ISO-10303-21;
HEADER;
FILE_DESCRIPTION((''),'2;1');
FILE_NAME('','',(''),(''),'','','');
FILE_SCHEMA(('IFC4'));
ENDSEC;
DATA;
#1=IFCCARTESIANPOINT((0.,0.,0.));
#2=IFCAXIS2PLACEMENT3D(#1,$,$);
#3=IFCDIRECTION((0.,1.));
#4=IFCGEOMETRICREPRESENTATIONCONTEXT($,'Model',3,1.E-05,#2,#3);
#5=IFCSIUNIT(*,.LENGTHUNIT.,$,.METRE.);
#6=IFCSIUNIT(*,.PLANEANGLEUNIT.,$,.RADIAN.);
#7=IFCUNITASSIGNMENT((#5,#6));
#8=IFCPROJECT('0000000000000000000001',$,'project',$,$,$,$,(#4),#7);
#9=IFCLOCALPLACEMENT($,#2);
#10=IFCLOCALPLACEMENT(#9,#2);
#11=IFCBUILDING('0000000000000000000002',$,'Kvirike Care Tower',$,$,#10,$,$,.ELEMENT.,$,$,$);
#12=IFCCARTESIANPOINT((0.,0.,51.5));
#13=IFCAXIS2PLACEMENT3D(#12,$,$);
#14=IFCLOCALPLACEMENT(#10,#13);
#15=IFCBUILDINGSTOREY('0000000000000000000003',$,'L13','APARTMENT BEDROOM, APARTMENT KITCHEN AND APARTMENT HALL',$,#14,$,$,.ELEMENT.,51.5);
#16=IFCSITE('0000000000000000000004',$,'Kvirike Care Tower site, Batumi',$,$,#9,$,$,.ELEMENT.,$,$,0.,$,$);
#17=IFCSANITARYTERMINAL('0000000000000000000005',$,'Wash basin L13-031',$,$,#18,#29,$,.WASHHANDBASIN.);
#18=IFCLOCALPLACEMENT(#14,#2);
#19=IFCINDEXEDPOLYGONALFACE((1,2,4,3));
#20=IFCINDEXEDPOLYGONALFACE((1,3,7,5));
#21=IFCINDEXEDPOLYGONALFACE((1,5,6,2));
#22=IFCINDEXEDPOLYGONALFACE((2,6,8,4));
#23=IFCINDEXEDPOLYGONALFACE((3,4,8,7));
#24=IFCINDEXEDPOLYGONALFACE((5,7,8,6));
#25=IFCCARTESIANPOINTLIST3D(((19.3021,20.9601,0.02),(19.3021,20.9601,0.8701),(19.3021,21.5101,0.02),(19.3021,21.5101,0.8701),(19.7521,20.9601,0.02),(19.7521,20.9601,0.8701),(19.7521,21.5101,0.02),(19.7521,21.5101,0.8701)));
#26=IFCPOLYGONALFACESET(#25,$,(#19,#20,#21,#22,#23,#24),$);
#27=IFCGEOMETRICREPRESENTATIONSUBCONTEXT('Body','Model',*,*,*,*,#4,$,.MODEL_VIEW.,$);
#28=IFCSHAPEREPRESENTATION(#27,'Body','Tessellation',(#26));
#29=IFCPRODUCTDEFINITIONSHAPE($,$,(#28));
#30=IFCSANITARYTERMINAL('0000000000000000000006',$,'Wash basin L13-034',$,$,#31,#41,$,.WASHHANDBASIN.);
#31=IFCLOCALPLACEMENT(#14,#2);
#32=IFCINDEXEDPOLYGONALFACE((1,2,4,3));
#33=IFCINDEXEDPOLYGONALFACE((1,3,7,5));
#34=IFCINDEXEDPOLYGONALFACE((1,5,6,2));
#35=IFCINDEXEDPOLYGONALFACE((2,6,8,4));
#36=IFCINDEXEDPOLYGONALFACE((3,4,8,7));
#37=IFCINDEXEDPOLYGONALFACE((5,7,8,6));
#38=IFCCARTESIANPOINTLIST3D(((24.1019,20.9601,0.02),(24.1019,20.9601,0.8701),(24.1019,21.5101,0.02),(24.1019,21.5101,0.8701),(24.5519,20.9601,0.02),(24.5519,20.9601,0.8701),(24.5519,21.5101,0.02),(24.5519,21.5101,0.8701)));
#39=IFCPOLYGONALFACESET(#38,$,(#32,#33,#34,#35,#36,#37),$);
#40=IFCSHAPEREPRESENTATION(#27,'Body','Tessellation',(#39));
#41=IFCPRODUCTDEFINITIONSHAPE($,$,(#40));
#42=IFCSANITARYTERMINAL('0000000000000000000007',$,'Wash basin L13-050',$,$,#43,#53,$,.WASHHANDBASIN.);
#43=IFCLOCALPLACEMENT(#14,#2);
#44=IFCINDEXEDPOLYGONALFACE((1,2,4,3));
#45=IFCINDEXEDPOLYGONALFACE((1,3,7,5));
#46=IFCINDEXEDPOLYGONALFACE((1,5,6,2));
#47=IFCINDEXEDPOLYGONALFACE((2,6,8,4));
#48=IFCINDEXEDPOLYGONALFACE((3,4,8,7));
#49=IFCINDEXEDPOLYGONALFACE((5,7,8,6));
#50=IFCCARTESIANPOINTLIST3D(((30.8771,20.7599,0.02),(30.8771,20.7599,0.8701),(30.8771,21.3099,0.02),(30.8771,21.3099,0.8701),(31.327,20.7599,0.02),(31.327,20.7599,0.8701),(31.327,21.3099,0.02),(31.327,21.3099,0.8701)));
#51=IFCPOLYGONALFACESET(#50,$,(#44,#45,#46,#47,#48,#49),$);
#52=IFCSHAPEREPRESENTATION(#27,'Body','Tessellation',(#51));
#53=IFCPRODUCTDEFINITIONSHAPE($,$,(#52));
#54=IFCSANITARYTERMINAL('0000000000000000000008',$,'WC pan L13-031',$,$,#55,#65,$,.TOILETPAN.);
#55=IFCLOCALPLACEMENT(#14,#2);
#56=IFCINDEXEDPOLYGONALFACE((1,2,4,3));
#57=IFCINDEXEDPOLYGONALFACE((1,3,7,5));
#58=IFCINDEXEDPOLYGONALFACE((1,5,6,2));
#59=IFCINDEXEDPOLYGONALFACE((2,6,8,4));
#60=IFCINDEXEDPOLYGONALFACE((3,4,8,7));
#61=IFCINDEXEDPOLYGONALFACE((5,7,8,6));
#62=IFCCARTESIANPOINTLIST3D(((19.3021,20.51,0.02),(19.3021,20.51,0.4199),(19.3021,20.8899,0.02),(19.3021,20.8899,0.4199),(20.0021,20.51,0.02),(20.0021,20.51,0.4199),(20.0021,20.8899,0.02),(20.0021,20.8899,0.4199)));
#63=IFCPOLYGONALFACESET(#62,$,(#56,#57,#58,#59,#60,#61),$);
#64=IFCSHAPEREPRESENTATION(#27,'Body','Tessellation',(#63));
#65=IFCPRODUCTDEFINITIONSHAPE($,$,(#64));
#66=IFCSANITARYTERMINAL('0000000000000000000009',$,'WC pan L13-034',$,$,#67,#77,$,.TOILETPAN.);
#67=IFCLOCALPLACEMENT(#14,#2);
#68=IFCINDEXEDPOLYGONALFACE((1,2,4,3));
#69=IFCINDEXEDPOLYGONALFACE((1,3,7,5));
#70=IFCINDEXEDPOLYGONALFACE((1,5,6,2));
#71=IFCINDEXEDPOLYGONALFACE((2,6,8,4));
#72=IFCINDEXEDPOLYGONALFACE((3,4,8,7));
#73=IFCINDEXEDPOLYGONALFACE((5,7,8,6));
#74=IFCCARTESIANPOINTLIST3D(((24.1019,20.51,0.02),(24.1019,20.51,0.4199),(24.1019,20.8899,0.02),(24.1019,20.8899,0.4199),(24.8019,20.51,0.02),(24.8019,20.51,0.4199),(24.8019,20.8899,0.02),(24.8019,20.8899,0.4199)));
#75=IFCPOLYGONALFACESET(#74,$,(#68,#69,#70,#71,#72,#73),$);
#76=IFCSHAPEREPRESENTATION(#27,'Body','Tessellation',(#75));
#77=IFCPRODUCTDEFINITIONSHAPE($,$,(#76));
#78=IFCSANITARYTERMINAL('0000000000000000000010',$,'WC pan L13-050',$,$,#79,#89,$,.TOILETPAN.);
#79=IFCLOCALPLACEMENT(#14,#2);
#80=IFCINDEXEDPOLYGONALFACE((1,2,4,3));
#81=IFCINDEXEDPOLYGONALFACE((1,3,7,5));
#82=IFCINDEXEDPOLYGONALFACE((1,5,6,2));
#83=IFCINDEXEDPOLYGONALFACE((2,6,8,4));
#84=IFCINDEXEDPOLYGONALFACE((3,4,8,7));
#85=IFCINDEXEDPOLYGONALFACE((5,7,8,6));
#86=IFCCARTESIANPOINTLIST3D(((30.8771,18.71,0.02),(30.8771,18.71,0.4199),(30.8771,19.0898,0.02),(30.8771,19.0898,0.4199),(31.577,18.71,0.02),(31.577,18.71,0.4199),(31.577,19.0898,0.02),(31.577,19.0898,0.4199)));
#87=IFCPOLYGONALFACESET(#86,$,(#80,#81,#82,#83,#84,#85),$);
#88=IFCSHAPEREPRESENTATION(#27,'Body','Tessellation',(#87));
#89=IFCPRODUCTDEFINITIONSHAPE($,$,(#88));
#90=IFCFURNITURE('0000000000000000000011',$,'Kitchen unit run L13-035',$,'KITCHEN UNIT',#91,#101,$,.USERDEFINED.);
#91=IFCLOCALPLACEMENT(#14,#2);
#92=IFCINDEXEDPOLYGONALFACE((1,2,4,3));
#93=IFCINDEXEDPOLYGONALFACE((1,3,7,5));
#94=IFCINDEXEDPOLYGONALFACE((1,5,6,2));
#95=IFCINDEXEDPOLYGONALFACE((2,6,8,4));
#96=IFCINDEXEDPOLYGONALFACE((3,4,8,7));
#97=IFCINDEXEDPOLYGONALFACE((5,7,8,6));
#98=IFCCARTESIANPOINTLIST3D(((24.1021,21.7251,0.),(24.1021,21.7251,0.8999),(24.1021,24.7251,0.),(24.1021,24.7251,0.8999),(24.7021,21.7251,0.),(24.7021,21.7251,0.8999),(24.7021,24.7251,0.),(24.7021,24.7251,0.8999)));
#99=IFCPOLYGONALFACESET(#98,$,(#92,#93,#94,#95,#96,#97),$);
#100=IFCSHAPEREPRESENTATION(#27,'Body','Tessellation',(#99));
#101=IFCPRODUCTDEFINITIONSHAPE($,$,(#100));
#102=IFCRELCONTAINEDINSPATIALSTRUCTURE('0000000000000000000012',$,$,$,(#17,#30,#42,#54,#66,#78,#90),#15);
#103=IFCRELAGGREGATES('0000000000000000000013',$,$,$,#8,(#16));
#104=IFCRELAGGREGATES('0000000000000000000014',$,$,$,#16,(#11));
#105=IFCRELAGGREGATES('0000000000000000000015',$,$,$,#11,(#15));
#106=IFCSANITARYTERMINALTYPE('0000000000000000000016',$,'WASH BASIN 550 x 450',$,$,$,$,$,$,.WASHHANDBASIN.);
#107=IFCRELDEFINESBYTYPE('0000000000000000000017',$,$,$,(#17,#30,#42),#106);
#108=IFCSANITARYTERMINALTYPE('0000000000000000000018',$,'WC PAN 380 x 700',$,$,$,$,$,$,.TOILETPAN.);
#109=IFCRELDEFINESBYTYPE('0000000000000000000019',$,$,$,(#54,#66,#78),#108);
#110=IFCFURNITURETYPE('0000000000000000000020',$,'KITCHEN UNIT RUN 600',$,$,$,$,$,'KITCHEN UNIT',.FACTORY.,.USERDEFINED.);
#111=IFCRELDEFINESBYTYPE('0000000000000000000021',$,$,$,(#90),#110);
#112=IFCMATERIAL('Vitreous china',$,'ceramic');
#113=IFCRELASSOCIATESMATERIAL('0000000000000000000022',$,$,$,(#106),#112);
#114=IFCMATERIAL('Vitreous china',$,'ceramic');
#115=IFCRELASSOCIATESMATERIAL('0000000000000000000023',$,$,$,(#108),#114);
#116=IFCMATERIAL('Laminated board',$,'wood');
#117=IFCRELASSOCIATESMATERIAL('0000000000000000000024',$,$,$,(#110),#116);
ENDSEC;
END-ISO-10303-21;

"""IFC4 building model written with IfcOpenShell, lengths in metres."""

from ifc_helpers import new_model, si_unit, direction, frame, origin, origin_2d, place, context, subcontext, project, spatial, rectangle, extrude, material, type_object, element, save


model = new_model("IFC4")

# Units and contexts
model_context = context("Model", 3, precision=1e-05, world=origin(), true_north=direction((0.0, 1.0)))
body_context = subcontext(model_context, "Body", "Model", "MODEL_VIEW")
ifc_project = project(units=[si_unit("LENGTHUNIT", "METRE"), si_unit("PLANEANGLEUNIT", "RADIAN")], contexts=[model_context])

# Site, building, storey
site_placement = place(None, origin())
site = spatial("IfcSite", under=ifc_project, at=site_placement, Name="Kvirike Care Tower site, Batumi", CompositionType="ELEMENT", RefElevation=0.0)
building_placement = place(site_placement, origin())
building = spatial("IfcBuilding", under=site, at=building_placement, Name="Kvirike Care Tower", CompositionType="ELEMENT")
storey_placement = place(building_placement, frame((0.0, 0.0, 51.5)))
storey = spatial("IfcBuildingStorey", under=building, at=storey_placement, Name="L13", Description="APARTMENT BEDROOM, APARTMENT KITCHEN AND APARTMENT HALL", CompositionType="ELEMENT", Elevation=51.5)

# Sanitary terminals
ifc_material_1 = material(Name="Vitreous china", Category="ceramic")
sanitary_terminal_type_1 = type_object("IfcSanitaryTerminalType", Name="WASH BASIN 550 x 450", PredefinedType="WASHHANDBASIN", material=ifc_material_1)
for number, where, z_axis, x_axis, name in (
    (1, (19.5271, 21.2351, 0.02), (0.0, 0.0, 1.0), (0.0, 1.0, 0.0), "Wash basin L13-031"),
    (2, (24.3269, 21.2351, 0.02), (0.0, 0.0, 1.0), (0.0, 1.0, 0.0), "Wash basin L13-034"),
    (3, (31.1021, 21.0349, 0.02), (0.0, 0.0, 1.0), (0.0, 1.0, 0.0), "Wash basin L13-050"),
):
    element("IfcSanitaryTerminal", number, at=place(storey_placement, frame(where, z_axis=z_axis, x_axis=x_axis)), inside=storey, type_object=sanitary_terminal_type_1, Name=name, PredefinedType="WASHHANDBASIN", context=body_context, shape_type="SweptSolid", body=[
        extrude(rectangle(XDim=0.55, YDim=0.45, at=origin_2d()), origin(), (0.0, 0.0, 1.0), 0.8501),
    ])
ifc_material_2 = material(Name="Vitreous china", Category="ceramic")
sanitary_terminal_type_2 = type_object("IfcSanitaryTerminalType", Name="WC PAN 380 x 700", PredefinedType="TOILETPAN", material=ifc_material_2)
for number, where, z_axis, x_axis, name in (
    (4, (19.6521, 20.7, 0.02), (0.0, 0.0, 1.0), (0.0, 1.0, 0.0), "WC pan L13-031"),
    (5, (24.4519, 20.7, 0.02), (0.0, 0.0, 1.0), (0.0, 1.0, 0.0), "WC pan L13-034"),
    (6, (31.2271, 18.8999, 0.02), (0.0, 0.0, 1.0), (0.0, 1.0, 0.0), "WC pan L13-050"),
):
    element("IfcSanitaryTerminal", number, at=place(storey_placement, frame(where, z_axis=z_axis, x_axis=x_axis)), inside=storey, type_object=sanitary_terminal_type_2, Name=name, PredefinedType="TOILETPAN", context=body_context, shape_type="SweptSolid", body=[
        extrude(rectangle(XDim=0.3799, YDim=0.7, at=origin_2d()), origin(), (0.0, 0.0, 1.0), 0.3999),
    ])

# Furniture
ifc_material_3 = material(Name="Laminated board", Category="wood")
furniture_type = type_object("IfcFurnitureType", Name="KITCHEN UNIT RUN 600", ElementType="KITCHEN UNIT", AssemblyPlace="FACTORY", PredefinedType="USERDEFINED", material=ifc_material_3)
furniture_placement = place(storey_placement, frame((24.4021, 23.2251, 0.0), z_axis=(0.0, 0.0, 1.0), x_axis=(0.0, 1.0, 0.0)))
element("IfcFurniture", 7, at=furniture_placement, inside=storey, type_object=furniture_type, Name="Kitchen unit run L13-035", ObjectType="KITCHEN UNIT", PredefinedType="USERDEFINED", context=body_context, shape_type="SweptSolid", body=[
    extrude(rectangle(XDim=3.0, YDim=0.6001, at=origin_2d()), origin(), (0.0, 0.0, 1.0), 0.8999),
])

save(model, "model.ifc")
